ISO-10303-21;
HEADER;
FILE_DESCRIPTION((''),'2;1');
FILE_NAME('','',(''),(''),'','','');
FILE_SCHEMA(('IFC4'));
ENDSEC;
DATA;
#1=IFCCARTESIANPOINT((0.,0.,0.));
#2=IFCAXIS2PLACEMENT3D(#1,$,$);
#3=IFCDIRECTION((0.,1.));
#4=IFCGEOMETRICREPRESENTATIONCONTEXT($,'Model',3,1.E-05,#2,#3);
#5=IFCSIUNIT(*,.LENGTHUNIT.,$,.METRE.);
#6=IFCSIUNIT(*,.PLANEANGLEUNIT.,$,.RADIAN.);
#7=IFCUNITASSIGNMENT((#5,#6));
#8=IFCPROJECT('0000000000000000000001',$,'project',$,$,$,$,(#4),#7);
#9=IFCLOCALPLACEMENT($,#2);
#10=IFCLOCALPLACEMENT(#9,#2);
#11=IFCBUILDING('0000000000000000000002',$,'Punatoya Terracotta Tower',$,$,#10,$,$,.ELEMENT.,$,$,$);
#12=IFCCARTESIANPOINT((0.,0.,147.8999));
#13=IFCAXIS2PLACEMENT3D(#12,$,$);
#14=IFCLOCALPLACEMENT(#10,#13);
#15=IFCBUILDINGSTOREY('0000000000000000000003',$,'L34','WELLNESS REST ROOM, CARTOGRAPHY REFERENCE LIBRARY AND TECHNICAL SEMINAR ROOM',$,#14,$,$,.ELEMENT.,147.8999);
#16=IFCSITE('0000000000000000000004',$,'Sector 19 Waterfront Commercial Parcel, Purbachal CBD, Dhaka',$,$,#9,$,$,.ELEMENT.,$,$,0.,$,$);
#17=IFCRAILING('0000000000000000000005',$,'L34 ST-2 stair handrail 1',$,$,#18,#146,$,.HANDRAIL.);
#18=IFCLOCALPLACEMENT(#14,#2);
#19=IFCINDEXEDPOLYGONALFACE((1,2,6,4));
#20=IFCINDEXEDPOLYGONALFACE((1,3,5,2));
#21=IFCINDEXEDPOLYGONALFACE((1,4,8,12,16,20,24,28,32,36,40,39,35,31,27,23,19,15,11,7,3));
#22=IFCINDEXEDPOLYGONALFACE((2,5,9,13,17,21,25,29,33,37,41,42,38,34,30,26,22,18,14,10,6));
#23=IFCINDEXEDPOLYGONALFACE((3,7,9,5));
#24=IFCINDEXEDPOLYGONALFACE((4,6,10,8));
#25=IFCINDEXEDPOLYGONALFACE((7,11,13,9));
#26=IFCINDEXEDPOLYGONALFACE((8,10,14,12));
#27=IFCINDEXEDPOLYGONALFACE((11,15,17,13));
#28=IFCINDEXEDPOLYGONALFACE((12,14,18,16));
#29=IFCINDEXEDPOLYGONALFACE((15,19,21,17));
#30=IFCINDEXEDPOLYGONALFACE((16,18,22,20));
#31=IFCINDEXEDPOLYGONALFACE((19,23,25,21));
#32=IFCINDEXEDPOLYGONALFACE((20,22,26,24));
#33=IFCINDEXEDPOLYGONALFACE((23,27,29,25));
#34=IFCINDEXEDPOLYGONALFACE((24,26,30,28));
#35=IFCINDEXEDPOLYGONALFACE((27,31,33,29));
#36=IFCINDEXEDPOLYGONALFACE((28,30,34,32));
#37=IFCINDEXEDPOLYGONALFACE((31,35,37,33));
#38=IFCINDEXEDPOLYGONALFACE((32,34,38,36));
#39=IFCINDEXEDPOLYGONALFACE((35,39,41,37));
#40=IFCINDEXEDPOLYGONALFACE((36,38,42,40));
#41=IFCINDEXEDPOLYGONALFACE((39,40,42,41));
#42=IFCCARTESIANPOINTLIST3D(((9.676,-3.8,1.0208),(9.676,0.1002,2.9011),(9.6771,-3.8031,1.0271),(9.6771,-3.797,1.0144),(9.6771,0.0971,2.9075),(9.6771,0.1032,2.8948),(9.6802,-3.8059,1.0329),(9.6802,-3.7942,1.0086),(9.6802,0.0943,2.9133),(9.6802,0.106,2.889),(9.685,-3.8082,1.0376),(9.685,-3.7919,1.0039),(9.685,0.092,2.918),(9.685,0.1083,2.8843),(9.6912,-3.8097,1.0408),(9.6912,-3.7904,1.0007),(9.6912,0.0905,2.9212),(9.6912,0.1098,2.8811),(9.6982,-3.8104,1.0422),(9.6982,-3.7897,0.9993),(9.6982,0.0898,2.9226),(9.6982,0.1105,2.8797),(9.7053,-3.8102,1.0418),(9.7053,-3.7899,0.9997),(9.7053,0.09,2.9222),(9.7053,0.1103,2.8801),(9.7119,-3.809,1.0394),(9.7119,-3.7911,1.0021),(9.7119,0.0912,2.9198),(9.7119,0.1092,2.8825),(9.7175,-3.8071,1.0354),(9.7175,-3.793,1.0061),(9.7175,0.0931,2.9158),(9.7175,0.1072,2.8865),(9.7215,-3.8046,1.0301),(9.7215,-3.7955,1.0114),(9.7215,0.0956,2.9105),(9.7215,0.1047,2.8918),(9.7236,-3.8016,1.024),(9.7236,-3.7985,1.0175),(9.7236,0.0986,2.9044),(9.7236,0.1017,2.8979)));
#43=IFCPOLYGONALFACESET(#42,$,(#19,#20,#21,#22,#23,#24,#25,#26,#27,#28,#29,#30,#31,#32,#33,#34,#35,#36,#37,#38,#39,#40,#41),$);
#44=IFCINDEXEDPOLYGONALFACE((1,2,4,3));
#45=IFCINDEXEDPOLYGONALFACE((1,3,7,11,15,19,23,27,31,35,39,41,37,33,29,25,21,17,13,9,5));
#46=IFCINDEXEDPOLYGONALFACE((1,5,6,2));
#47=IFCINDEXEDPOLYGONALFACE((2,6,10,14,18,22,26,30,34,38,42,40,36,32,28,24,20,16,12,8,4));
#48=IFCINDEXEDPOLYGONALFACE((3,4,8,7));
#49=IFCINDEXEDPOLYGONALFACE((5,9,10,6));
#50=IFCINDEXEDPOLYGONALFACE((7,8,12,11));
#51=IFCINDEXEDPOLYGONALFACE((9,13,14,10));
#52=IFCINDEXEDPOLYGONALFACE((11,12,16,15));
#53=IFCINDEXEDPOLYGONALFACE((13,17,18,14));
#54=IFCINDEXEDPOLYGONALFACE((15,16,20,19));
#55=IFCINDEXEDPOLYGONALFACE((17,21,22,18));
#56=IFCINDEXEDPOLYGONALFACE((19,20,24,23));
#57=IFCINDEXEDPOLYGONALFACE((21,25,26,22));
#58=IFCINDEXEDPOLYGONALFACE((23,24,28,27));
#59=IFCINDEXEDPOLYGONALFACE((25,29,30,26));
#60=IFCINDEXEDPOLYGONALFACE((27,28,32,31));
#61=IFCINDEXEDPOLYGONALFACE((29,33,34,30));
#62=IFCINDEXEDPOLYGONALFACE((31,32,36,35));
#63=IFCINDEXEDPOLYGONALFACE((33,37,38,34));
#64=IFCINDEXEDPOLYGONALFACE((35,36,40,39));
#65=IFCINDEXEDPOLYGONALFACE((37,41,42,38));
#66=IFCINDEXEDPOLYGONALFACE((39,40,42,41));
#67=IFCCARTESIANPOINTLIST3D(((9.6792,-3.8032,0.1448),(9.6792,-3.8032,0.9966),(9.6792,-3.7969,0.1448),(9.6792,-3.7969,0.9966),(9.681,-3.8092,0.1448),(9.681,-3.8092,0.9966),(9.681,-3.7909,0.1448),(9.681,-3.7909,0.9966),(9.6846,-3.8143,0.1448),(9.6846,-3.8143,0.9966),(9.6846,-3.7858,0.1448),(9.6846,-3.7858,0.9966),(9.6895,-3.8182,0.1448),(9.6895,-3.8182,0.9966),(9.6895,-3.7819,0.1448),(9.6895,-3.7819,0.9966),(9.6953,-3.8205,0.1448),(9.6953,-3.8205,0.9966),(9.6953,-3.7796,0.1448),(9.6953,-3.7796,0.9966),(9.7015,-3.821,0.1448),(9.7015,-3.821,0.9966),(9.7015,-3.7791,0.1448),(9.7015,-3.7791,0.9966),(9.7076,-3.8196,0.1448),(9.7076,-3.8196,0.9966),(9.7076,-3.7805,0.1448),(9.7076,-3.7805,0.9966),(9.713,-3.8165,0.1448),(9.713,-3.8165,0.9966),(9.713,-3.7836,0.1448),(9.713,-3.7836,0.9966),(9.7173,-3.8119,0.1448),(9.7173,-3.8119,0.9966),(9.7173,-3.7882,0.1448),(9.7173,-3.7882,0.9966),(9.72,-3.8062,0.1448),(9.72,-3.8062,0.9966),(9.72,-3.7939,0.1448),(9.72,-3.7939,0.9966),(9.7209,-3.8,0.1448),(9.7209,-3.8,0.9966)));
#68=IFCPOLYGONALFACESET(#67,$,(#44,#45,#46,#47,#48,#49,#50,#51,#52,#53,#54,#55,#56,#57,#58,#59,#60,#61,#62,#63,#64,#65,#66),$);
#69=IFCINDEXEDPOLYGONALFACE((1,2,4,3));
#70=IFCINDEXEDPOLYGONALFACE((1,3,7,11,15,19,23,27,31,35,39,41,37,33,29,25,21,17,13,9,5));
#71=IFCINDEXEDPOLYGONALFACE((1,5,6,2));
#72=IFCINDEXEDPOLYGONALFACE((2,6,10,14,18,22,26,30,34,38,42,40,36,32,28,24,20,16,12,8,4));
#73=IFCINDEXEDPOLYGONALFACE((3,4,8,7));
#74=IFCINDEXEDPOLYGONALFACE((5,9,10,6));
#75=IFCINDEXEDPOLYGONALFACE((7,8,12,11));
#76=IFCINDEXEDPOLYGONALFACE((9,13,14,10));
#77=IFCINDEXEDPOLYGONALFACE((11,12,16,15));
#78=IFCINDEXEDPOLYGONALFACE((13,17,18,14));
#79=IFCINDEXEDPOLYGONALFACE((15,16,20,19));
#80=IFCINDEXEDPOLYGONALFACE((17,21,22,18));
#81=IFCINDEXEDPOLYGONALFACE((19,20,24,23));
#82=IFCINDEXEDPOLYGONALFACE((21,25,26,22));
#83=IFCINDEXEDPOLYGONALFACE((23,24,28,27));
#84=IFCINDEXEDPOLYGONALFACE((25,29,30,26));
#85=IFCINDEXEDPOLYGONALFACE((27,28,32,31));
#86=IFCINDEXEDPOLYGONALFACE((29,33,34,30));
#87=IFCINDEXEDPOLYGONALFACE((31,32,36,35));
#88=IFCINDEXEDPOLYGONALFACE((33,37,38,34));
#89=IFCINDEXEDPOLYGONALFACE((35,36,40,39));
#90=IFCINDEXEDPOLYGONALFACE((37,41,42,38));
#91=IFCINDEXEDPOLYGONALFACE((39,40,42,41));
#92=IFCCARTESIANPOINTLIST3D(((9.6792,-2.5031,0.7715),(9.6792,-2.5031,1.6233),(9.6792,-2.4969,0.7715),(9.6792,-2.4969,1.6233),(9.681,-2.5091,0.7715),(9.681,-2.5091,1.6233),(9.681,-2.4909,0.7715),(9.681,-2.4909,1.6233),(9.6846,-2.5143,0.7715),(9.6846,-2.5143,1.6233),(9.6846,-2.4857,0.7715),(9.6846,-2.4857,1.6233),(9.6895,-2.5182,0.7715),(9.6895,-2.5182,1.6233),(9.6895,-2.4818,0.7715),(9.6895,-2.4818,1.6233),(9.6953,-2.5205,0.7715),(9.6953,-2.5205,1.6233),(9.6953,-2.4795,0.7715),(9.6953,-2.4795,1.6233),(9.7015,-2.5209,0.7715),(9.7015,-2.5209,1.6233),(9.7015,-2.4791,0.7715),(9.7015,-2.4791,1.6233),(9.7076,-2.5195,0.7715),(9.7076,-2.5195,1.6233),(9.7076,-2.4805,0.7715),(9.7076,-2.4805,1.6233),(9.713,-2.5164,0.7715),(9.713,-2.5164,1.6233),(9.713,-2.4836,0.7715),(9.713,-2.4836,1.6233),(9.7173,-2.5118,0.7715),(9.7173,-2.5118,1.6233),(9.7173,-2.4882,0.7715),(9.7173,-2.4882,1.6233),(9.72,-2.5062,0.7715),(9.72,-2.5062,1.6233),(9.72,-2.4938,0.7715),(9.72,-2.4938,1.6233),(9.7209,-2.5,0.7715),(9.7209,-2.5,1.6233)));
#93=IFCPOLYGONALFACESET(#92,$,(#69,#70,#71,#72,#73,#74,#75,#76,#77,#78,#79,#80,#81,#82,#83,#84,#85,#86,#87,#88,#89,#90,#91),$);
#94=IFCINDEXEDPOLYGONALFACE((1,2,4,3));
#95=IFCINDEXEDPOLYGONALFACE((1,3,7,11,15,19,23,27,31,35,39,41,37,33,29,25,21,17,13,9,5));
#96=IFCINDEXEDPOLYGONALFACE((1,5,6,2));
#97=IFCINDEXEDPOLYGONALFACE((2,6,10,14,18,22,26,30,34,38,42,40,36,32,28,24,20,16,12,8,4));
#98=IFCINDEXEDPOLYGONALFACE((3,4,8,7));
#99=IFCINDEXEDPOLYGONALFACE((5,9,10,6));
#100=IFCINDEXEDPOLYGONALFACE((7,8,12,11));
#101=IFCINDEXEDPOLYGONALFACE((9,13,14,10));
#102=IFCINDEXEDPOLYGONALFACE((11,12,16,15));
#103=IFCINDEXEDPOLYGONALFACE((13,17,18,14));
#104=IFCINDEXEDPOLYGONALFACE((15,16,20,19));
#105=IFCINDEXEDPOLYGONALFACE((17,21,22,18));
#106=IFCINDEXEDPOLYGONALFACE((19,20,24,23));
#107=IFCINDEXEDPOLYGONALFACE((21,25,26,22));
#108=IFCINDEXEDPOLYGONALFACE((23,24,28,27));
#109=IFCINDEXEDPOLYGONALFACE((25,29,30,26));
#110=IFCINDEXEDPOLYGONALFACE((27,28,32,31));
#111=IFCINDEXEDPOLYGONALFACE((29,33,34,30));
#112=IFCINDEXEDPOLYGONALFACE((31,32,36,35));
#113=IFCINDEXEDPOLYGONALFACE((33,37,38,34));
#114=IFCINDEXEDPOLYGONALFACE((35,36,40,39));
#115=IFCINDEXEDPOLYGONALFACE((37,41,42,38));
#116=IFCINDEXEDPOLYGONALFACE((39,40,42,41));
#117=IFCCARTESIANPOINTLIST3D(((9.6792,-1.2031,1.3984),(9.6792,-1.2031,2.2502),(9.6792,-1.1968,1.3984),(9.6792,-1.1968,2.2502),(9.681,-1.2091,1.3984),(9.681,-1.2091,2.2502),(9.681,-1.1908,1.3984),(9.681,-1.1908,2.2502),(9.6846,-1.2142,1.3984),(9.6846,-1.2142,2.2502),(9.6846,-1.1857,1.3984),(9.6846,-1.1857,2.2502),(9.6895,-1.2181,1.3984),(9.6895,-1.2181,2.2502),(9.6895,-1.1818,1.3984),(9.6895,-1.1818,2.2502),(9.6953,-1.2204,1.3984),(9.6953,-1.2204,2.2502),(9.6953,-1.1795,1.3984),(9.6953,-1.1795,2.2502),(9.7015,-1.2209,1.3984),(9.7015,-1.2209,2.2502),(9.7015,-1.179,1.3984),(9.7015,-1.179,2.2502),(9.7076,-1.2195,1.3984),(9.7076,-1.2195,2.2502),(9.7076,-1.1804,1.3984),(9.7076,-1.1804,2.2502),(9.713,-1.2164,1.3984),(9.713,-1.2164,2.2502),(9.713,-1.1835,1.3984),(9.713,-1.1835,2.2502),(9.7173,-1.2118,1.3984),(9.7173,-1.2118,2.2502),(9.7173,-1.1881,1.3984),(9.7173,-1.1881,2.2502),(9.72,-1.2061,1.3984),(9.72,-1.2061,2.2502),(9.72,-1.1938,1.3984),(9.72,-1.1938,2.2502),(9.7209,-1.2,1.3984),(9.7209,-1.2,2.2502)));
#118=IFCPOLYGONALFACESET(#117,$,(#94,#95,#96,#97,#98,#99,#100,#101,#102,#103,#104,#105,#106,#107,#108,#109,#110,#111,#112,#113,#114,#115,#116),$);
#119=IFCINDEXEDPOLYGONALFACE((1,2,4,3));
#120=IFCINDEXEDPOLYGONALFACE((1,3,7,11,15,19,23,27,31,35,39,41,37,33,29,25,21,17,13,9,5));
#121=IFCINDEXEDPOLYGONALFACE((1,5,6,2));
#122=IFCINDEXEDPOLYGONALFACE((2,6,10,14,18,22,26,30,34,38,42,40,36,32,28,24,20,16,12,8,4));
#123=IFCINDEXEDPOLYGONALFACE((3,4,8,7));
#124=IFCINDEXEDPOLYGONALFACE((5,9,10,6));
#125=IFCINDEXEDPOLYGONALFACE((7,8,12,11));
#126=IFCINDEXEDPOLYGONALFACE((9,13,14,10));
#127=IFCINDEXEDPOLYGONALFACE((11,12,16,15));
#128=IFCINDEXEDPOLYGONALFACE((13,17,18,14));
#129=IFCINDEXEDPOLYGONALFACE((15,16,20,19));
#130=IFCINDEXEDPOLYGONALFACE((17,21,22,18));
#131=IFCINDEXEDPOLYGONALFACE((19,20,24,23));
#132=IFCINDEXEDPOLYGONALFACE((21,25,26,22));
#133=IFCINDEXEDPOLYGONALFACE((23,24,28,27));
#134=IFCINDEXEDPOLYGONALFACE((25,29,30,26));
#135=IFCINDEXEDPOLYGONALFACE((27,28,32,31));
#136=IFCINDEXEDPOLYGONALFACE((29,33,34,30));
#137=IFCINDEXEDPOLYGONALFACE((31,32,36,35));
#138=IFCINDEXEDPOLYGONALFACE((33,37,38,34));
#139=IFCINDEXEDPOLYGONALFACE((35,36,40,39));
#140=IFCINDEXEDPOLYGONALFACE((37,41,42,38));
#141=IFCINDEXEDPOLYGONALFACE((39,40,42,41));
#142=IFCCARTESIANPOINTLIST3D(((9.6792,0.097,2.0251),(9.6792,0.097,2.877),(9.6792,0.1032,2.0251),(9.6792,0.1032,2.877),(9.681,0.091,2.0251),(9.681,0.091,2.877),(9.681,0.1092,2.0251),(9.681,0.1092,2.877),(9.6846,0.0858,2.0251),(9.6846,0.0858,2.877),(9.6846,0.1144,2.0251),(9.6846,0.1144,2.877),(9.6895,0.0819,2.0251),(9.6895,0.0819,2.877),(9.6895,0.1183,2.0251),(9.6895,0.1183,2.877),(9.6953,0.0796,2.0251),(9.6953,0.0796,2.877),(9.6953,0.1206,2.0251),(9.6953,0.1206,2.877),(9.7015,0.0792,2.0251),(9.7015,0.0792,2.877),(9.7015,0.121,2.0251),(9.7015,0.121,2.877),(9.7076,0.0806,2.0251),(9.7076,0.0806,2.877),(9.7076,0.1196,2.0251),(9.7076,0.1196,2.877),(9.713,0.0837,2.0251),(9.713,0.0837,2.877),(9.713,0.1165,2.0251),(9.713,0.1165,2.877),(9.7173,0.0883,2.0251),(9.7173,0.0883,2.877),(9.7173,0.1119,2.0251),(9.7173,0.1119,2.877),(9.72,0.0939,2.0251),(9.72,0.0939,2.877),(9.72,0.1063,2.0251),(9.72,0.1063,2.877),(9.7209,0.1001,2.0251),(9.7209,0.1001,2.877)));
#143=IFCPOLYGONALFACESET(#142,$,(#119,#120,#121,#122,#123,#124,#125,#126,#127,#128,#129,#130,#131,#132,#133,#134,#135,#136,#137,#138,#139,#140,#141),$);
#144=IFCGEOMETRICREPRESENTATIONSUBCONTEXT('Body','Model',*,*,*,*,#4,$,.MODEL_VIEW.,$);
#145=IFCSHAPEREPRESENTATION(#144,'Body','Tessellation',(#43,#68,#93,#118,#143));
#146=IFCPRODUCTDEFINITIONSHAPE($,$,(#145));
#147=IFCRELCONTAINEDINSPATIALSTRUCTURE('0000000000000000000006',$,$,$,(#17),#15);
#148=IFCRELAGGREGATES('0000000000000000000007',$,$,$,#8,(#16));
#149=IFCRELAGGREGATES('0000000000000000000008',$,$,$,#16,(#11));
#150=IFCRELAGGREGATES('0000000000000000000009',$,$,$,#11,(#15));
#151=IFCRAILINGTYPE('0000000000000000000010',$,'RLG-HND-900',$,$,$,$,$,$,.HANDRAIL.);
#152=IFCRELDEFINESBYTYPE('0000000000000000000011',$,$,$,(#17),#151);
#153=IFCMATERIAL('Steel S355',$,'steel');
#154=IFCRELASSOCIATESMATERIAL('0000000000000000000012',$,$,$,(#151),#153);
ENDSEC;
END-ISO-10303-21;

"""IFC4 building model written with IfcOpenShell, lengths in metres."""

from ifc_helpers import new_model, si_unit, direction, frame, origin, origin_2d, place, context, subcontext, project, spatial, circle, extrude, material, type_object, element, save


model = new_model("IFC4")

# Units and contexts
model_context = context("Model", 3, precision=1e-05, world=origin(), true_north=direction((0.0, 1.0)))
body_context = subcontext(model_context, "Body", "Model", "MODEL_VIEW")
ifc_project = project(units=[si_unit("LENGTHUNIT", "METRE"), si_unit("PLANEANGLEUNIT", "RADIAN")], contexts=[model_context])

# Site, building, storey
site_placement = place(None, origin())
site = spatial("IfcSite", under=ifc_project, at=site_placement, Name="Sector 19 Waterfront Commercial Parcel, Purbachal CBD, Dhaka", CompositionType="ELEMENT", RefElevation=0.0)
building_placement = place(site_placement, origin())
building = spatial("IfcBuilding", under=site, at=building_placement, Name="Punatoya Terracotta Tower", CompositionType="ELEMENT")
storey_placement = place(building_placement, frame((0.0, 0.0, 147.8999)))
storey = spatial("IfcBuildingStorey", under=building, at=storey_placement, Name="L34", Description="WELLNESS REST ROOM, CARTOGRAPHY REFERENCE LIBRARY AND TECHNICAL SEMINAR ROOM", CompositionType="ELEMENT", Elevation=147.8999)

# Shared definitions
ifc_material_1 = material(Name="Steel S355", Category="steel")

# Railing
railing_type_1 = type_object("IfcRailingType", Name="RLG-HND-900", PredefinedType="HANDRAIL", material=ifc_material_1)
railing_1_placement = place(storey_placement, frame((9.7, -3.8, 0.1448)))
element("IfcRailing", 1, at=railing_1_placement, inside=storey, type_object=railing_type_1, Name="L34 ST-2 stair handrail 1", PredefinedType="HANDRAIL", context=body_context, shape_type="SweptSolid", body=[
    extrude(circle(Radius=0.0239, at=origin_2d()), frame((0.0, 0.0, 0.876), z_axis=(0.0, 0.900774, 0.434289), x_axis=(-1.0, 0.0, 0.0)), (0.0, 0.0, 1.0), 4.3298),
    extrude(circle(Radius=0.021, at=origin_2d()), origin(), (0.0, 0.0, 1.0), 0.8518),
    extrude(circle(Radius=0.021, at=origin_2d()), frame((0.0, 1.3, 0.6267)), (0.0, 0.0, 1.0), 0.8518),
    extrude(circle(Radius=0.021, at=origin_2d()), frame((0.0, 2.6001, 1.2537)), (0.0, 0.0, 1.0), 0.8518),
    extrude(circle(Radius=0.021, at=origin_2d()), frame((0.0, 3.9001, 1.8804)), (0.0, 0.0, 1.0), 0.8518),
])

save(model, "model.ifc")
